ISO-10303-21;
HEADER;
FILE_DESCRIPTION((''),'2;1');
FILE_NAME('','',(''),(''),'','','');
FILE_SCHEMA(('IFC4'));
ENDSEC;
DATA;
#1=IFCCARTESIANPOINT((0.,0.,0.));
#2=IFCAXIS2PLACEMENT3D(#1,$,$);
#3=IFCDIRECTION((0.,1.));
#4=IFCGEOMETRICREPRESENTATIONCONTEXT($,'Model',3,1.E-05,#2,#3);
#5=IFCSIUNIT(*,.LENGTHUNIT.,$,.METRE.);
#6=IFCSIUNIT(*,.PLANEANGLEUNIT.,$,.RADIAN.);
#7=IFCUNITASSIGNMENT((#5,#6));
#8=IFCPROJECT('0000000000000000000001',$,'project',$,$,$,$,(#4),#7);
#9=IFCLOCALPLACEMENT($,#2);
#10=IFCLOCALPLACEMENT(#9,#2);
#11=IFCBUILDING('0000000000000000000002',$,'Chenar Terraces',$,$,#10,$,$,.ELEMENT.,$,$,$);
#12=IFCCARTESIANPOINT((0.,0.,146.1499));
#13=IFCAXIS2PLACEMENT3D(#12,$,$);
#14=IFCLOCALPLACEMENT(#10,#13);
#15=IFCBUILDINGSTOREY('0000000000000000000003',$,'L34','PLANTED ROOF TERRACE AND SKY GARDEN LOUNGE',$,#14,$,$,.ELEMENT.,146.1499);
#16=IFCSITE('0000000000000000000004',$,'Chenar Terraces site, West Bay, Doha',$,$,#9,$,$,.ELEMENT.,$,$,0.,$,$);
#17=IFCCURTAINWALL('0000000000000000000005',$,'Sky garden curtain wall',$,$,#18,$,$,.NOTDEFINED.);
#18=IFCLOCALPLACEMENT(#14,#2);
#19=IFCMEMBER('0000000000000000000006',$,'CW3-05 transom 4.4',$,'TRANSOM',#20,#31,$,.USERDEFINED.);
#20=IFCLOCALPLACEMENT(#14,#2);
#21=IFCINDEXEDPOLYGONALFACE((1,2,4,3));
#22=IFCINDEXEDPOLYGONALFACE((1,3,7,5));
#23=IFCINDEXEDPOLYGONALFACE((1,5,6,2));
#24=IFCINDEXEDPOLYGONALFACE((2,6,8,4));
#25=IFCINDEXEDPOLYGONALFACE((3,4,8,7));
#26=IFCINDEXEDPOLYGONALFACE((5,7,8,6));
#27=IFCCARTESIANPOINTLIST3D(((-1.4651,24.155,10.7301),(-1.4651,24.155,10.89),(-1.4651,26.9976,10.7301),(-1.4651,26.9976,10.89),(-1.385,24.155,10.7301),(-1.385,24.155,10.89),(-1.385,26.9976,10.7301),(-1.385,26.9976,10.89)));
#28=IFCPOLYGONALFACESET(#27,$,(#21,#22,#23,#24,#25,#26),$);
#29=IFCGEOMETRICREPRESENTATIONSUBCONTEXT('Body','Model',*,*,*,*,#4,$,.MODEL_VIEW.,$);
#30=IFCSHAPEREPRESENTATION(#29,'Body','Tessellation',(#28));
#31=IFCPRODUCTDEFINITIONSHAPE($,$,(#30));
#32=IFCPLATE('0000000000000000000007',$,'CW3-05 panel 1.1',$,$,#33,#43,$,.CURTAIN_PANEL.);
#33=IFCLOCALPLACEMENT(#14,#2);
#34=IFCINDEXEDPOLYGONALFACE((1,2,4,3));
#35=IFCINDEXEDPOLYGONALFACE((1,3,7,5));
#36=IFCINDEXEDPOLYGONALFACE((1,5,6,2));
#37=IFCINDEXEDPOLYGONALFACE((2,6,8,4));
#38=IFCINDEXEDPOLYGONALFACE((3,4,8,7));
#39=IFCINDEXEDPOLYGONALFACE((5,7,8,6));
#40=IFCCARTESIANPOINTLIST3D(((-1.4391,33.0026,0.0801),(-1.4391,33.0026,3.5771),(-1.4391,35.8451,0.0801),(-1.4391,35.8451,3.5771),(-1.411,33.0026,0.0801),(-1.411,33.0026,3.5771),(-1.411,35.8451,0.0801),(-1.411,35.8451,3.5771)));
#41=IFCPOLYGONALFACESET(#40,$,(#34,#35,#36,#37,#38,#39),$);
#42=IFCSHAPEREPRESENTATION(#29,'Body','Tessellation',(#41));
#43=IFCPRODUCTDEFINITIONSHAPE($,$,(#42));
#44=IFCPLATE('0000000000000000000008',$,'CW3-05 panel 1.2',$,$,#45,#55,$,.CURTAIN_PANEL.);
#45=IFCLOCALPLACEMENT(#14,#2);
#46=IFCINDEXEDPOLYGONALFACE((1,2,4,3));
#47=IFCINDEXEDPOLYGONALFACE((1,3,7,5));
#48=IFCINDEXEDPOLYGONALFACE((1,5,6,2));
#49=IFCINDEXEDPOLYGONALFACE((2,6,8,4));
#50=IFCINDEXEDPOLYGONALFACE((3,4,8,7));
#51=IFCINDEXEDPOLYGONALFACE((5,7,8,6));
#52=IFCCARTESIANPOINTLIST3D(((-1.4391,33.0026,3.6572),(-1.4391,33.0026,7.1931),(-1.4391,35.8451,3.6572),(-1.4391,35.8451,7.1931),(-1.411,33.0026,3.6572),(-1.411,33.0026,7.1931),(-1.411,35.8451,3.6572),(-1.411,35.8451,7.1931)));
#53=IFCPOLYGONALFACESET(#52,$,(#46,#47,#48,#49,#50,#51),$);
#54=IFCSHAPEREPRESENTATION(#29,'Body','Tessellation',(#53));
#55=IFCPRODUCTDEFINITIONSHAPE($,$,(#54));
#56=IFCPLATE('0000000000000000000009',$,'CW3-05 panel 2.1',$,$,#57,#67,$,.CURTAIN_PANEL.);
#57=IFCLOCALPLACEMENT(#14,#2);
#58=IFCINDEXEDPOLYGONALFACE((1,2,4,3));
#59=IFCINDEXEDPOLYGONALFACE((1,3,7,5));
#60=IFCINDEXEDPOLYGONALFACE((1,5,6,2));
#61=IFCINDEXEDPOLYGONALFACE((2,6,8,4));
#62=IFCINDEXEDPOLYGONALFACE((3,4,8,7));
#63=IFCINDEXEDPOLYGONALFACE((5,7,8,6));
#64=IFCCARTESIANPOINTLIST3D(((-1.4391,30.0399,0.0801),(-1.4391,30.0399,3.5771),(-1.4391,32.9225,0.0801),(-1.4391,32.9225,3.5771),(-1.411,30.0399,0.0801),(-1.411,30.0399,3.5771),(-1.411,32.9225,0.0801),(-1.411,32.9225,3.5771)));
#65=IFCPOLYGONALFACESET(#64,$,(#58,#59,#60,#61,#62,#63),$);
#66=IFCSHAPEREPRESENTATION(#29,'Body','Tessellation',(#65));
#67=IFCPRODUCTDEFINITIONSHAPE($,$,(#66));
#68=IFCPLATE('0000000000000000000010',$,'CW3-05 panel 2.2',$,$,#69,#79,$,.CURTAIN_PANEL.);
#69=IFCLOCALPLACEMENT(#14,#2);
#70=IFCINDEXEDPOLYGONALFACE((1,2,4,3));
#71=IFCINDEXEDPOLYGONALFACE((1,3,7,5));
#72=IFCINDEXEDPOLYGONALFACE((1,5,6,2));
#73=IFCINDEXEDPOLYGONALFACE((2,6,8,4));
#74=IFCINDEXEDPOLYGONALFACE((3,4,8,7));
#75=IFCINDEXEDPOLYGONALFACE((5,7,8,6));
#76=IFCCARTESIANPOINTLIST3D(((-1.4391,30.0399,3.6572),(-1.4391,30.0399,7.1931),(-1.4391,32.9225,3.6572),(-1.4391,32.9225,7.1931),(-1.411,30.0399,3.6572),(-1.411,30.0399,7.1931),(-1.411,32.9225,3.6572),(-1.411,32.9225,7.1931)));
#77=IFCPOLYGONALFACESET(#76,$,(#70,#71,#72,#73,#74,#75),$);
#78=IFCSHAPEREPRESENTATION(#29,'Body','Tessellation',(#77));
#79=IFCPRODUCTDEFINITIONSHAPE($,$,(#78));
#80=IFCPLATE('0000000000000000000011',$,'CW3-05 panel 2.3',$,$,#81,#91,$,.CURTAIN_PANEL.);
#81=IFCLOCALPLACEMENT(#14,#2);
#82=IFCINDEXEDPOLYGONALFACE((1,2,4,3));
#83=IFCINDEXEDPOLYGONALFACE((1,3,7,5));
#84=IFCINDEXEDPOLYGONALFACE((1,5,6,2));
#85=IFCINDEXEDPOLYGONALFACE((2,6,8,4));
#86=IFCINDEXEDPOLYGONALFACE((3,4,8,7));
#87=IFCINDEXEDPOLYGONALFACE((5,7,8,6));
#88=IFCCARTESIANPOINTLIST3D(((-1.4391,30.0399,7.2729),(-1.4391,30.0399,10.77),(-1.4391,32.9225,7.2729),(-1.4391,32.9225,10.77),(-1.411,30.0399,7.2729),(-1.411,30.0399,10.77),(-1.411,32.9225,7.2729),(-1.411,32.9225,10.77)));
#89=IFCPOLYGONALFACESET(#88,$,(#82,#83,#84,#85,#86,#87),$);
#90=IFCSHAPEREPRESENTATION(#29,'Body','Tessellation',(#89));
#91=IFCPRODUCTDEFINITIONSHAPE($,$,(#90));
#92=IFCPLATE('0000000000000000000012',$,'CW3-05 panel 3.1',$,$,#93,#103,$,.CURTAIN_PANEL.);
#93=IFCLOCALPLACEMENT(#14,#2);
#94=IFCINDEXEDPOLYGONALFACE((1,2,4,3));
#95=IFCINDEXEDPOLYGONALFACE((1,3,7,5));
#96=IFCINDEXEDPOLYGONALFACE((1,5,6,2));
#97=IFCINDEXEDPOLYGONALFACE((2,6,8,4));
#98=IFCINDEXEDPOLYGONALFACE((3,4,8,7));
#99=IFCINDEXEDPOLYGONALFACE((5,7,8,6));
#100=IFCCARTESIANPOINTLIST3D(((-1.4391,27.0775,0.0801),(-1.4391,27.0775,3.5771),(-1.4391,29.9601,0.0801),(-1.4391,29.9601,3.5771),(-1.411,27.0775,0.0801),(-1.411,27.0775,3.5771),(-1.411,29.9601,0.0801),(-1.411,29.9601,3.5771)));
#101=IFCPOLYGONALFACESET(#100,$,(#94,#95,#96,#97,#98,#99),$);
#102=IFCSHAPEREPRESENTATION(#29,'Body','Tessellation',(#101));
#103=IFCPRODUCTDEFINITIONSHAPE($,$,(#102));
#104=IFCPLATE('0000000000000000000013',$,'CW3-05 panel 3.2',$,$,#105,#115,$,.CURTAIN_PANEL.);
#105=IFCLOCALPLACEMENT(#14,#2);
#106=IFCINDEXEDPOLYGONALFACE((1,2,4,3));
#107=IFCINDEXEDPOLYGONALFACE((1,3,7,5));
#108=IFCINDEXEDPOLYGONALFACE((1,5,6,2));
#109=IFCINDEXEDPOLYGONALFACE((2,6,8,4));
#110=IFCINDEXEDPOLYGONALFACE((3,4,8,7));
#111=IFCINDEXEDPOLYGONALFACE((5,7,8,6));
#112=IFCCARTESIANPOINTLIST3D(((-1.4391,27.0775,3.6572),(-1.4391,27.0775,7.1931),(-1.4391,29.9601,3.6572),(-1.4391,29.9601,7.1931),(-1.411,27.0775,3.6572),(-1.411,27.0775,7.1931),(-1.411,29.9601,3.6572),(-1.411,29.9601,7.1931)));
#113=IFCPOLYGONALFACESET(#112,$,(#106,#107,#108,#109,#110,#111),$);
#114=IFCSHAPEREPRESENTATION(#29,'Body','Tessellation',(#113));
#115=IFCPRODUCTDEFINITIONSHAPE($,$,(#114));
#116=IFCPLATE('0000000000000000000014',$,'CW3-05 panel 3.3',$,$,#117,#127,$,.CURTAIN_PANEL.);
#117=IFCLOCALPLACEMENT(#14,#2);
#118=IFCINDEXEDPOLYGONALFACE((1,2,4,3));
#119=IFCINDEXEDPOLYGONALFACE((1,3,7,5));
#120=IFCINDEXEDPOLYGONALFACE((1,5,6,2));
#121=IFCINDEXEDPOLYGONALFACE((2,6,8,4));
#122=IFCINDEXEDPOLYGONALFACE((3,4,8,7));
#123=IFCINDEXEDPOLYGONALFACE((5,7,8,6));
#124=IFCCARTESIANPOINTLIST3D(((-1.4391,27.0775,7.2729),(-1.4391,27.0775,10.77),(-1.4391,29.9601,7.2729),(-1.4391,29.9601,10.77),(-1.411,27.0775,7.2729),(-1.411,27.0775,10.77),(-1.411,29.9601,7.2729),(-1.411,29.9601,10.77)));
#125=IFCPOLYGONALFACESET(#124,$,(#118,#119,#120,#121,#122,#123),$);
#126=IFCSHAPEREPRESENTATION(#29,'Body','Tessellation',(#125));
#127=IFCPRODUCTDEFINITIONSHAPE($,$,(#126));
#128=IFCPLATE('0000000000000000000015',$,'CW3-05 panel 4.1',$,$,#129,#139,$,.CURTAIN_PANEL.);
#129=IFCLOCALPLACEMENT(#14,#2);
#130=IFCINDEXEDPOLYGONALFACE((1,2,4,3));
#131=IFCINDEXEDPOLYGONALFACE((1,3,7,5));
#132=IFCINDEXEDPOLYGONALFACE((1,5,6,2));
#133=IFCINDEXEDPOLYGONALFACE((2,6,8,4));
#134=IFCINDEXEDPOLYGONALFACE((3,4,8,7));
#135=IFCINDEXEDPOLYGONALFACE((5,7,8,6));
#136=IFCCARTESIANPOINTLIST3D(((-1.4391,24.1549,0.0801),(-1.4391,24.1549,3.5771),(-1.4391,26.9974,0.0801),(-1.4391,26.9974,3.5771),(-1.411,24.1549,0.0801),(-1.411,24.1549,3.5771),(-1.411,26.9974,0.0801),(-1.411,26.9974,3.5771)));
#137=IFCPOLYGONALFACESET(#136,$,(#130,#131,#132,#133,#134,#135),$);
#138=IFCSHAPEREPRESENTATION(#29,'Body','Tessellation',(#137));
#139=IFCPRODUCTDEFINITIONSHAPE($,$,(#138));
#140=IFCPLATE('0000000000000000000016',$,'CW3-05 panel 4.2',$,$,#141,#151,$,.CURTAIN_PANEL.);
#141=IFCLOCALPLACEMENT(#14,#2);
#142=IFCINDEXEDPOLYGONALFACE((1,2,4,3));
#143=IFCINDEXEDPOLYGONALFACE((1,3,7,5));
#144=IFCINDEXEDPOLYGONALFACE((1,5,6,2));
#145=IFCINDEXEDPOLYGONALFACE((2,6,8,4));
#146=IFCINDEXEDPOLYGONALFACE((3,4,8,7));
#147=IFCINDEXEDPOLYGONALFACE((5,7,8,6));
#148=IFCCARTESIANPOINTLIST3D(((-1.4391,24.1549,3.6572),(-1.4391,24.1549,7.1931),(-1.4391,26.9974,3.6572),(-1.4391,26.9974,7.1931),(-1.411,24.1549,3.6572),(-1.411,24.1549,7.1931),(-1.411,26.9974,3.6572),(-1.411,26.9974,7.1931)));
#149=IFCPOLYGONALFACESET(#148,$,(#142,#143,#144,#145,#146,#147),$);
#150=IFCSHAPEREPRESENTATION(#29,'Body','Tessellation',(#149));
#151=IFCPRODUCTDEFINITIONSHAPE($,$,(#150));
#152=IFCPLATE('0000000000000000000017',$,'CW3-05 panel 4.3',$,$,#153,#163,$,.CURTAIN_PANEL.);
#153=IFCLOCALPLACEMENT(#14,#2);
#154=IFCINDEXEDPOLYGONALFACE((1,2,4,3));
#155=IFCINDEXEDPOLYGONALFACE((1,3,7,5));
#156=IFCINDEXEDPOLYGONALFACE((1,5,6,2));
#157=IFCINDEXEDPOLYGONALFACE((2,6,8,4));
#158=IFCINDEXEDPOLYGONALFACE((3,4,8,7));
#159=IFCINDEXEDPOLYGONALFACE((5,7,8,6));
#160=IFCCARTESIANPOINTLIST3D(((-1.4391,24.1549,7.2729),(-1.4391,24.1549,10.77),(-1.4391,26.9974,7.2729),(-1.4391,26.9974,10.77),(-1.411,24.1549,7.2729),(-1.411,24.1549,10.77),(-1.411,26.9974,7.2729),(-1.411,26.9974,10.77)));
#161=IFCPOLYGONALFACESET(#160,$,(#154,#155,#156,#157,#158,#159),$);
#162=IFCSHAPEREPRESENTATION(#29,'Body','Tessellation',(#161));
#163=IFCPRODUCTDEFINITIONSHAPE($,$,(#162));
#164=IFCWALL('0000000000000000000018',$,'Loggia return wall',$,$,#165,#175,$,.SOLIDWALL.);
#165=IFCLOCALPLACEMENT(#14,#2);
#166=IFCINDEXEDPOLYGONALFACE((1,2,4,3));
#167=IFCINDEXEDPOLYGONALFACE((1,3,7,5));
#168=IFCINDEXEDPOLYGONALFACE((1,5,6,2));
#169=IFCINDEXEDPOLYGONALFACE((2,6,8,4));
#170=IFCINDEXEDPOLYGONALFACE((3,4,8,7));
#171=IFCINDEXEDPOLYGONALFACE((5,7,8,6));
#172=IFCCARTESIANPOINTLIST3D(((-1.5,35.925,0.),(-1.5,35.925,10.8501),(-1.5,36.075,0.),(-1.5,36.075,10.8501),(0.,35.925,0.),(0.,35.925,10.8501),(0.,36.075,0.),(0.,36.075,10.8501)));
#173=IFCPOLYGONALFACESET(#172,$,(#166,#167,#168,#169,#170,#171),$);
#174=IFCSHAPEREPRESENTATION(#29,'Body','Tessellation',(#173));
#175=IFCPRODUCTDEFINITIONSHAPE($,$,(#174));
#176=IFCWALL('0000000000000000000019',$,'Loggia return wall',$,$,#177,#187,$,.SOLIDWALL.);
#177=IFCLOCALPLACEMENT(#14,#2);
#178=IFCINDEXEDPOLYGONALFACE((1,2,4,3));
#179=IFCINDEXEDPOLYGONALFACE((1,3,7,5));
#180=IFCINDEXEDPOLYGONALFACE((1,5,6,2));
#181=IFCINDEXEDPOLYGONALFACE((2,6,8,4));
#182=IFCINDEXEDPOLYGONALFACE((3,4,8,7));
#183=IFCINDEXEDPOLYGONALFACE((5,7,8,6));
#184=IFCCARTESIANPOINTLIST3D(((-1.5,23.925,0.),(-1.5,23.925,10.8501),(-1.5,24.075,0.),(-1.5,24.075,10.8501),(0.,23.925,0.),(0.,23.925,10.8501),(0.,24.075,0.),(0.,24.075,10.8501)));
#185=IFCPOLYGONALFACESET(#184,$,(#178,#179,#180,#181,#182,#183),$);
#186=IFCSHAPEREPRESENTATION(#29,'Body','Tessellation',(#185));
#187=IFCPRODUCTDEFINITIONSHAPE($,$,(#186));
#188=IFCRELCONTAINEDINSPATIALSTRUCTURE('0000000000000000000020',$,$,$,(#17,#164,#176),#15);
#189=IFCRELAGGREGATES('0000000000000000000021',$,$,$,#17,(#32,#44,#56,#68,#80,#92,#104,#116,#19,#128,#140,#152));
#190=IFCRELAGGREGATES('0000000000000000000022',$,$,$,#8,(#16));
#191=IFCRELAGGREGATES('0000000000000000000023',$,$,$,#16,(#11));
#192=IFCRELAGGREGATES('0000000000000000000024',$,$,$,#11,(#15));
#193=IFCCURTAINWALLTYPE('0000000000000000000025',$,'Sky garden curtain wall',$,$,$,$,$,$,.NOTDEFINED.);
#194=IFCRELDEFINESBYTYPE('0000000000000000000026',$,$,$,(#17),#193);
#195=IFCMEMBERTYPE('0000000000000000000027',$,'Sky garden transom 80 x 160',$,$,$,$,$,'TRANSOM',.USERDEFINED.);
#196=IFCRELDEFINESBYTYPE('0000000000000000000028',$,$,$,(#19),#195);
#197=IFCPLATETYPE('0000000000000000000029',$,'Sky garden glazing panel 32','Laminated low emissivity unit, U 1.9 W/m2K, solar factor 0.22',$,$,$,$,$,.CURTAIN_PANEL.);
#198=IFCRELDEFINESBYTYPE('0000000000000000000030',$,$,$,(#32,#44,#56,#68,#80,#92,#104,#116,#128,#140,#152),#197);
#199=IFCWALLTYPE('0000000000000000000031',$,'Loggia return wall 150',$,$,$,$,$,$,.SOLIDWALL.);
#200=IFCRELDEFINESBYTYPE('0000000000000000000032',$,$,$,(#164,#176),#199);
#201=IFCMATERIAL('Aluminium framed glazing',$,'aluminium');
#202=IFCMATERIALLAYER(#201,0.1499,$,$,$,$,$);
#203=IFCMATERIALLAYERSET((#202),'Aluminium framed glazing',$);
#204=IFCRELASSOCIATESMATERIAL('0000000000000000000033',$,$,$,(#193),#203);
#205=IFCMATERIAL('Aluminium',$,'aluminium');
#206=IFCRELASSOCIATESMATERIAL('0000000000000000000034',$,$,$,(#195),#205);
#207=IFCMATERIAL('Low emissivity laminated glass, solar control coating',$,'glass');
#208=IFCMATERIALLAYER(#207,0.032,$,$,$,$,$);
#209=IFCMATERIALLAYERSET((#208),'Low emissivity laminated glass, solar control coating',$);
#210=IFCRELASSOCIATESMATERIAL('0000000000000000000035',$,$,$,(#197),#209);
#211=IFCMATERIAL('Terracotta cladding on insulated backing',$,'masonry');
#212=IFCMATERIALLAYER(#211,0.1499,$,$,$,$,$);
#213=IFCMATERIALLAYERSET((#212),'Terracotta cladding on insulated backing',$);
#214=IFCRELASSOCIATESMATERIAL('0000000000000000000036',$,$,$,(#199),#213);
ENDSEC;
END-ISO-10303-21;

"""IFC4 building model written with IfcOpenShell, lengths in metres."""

from ifc_helpers import new_model, si_unit, direction, frame, frame_2d, origin, origin_2d, place, context, subcontext, project, spatial, rectangle, extrude, material, layer, layer_set, material_profile, profile_set, type_object, element, aggregate, save


model = new_model("IFC4")

# Units and contexts
model_context = context("Model", 3, precision=1e-05, world=origin(), true_north=direction((0.0, 1.0)))
body_context = subcontext(model_context, "Body", "Model", "MODEL_VIEW")
ifc_project = project(units=[si_unit("LENGTHUNIT", "METRE"), si_unit("PLANEANGLEUNIT", "RADIAN")], contexts=[model_context])

# Site, building, storey
site_placement = place(None, origin())
site = spatial("IfcSite", under=ifc_project, at=site_placement, Name="Chenar Terraces site, West Bay, Doha", CompositionType="ELEMENT", RefElevation=0.0)
building_placement = place(site_placement, origin())
building = spatial("IfcBuilding", under=site, at=building_placement, Name="Chenar Terraces", CompositionType="ELEMENT")
storey_placement = place(building_placement, frame((0.0, 0.0, 146.1499)))
storey = spatial("IfcBuildingStorey", under=building, at=storey_placement, Name="L34", Description="PLANTED ROOF TERRACE AND SKY GARDEN LOUNGE", CompositionType="ELEMENT", Elevation=146.1499)

# Curtain wall, member, plates
ifc_material_1 = material(Name="Aluminium framed glazing", Category="aluminium")
ifc_layer_1 = layer(ifc_material_1, 0.1499)
ifc_layer_set_1 = layer_set([ifc_layer_1], Name="Aluminium framed glazing")
curtain_wall_type = type_object("IfcCurtainWallType", Name="Sky garden curtain wall", PredefinedType="NOTDEFINED", material=ifc_layer_set_1)
curtain_wall_placement = place(storey_placement, origin())
curtain_wall = element("IfcCurtainWall", 1, at=curtain_wall_placement, inside=storey, type_object=curtain_wall_type, Name="Sky garden curtain wall", PredefinedType="NOTDEFINED")
ifc_material_2 = material(Name="Aluminium", Category="aluminium")
ifc_material_profile_1 = material_profile(ifc_material_2, rectangle(XDim=0.0801, YDim=0.1599, at=origin_2d()), Name="Sky garden transom 80 x 160")
ifc_profile_set_1 = profile_set([ifc_material_profile_1], Name="Aluminium")
member_type_1 = type_object("IfcMemberType", Name="Sky garden transom 80 x 160", ElementType="TRANSOM", PredefinedType="USERDEFINED", material=ifc_profile_set_1)
member_1_placement = place(storey_placement, frame((-1.425, 26.9976, 10.8101), z_axis=(0.0, -1.0, 0.0), x_axis=(1.0, 0.0, 0.0)))
member_1 = element("IfcMember", 2, at=member_1_placement, type_object=member_type_1, Name="CW3-05 transom 4.4", ObjectType="TRANSOM", PredefinedType="USERDEFINED", context=body_context, shape_type="SweptSolid", body=[
    extrude(rectangle(XDim=0.0801, YDim=0.1599, at=origin_2d()), origin(), (0.0, 0.0, 1.0), 2.8425),
])
ifc_material_3 = material(Name="Low emissivity laminated glass, solar control coating", Category="glass")
ifc_layer_2 = layer(ifc_material_3, 0.032)
ifc_layer_set_2 = layer_set([ifc_layer_2], Name="Low emissivity laminated glass, solar control coating")
plate_type = type_object("IfcPlateType", Name="Sky garden glazing panel 32", Description="Laminated low emissivity unit, U 1.9 W/m2K, solar factor 0.22", PredefinedType="CURTAIN_PANEL", material=ifc_layer_set_2)
plate_1_placement = place(storey_placement, frame((-1.425, 34.4238, 0.0801), z_axis=(0.0, 0.0, 1.0), x_axis=(0.0, -1.0, 0.0)))
plate_1 = element("IfcPlate", 3, at=plate_1_placement, type_object=plate_type, Name="CW3-05 panel 1.1", PredefinedType="CURTAIN_PANEL", context=body_context, shape_type="SweptSolid", body=[
    extrude(rectangle(XDim=2.8425, YDim=0.0281, at=origin_2d()), origin(), (0.0, 0.0, 1.0), 3.4971),
])
plate_2_placement = place(storey_placement, frame((-1.425, 34.4238, 3.6572), z_axis=(0.0, 0.0, 1.0), x_axis=(0.0, -1.0, 0.0)))
plate_2 = element("IfcPlate", 4, at=plate_2_placement, type_object=plate_type, Name="CW3-05 panel 1.2", PredefinedType="CURTAIN_PANEL", context=body_context, shape_type="SweptSolid", body=[
    extrude(rectangle(XDim=2.8425, YDim=0.0281, at=origin_2d()), origin(), (0.0, 0.0, 1.0), 3.5359),
])
plate_3_placement = place(storey_placement, frame((-1.425, 31.4812, 0.0801), z_axis=(0.0, 0.0, 1.0), x_axis=(0.0, -1.0, 0.0)))
plate_3 = element("IfcPlate", 5, at=plate_3_placement, type_object=plate_type, Name="CW3-05 panel 2.1", PredefinedType="CURTAIN_PANEL", context=body_context, shape_type="SweptSolid", body=[
    extrude(rectangle(XDim=2.8826, YDim=0.0281, at=origin_2d()), origin(), (0.0, 0.0, 1.0), 3.4971),
])
plate_4_placement = place(storey_placement, frame((-1.425, 31.4812, 3.6572), z_axis=(0.0, 0.0, 1.0), x_axis=(0.0, -1.0, 0.0)))
plate_4 = element("IfcPlate", 6, at=plate_4_placement, type_object=plate_type, Name="CW3-05 panel 2.2", PredefinedType="CURTAIN_PANEL", context=body_context, shape_type="SweptSolid", body=[
    extrude(rectangle(XDim=2.8826, YDim=0.0281, at=origin_2d()), origin(), (0.0, 0.0, 1.0), 3.5359),
])
plate_5_placement = place(storey_placement, frame((-1.425, 31.4812, 7.2729), z_axis=(0.0, 0.0, 1.0), x_axis=(0.0, -1.0, 0.0)))
plate_5 = element("IfcPlate", 7, at=plate_5_placement, type_object=plate_type, Name="CW3-05 panel 2.3", PredefinedType="CURTAIN_PANEL", context=body_context, shape_type="SweptSolid", body=[
    extrude(rectangle(XDim=2.8826, YDim=0.0281, at=origin_2d()), origin(), (0.0, 0.0, 1.0), 3.4971),
])
plate_6_placement = place(storey_placement, frame((-1.425, 28.5188, 0.0801), z_axis=(0.0, 0.0, 1.0), x_axis=(0.0, -1.0, 0.0)))
plate_6 = element("IfcPlate", 8, at=plate_6_placement, type_object=plate_type, Name="CW3-05 panel 3.1", PredefinedType="CURTAIN_PANEL", context=body_context, shape_type="SweptSolid", body=[
    extrude(rectangle(XDim=2.8826, YDim=0.0281, at=origin_2d()), origin(), (0.0, 0.0, 1.0), 3.4971),
])
plate_7_placement = place(storey_placement, frame((-1.425, 28.5188, 3.6572), z_axis=(0.0, 0.0, 1.0), x_axis=(0.0, -1.0, 0.0)))
plate_7 = element("IfcPlate", 9, at=plate_7_placement, type_object=plate_type, Name="CW3-05 panel 3.2", PredefinedType="CURTAIN_PANEL", context=body_context, shape_type="SweptSolid", body=[
    extrude(rectangle(XDim=2.8826, YDim=0.0281, at=origin_2d()), origin(), (0.0, 0.0, 1.0), 3.5359),
])
plate_8_placement = place(storey_placement, frame((-1.425, 28.5188, 7.2729), z_axis=(0.0, 0.0, 1.0), x_axis=(0.0, -1.0, 0.0)))
plate_8 = element("IfcPlate", 10, at=plate_8_placement, type_object=plate_type, Name="CW3-05 panel 3.3", PredefinedType="CURTAIN_PANEL", context=body_context, shape_type="SweptSolid", body=[
    extrude(rectangle(XDim=2.8826, YDim=0.0281, at=origin_2d()), origin(), (0.0, 0.0, 1.0), 3.4971),
])
plate_9_placement = place(storey_placement, frame((-1.425, 25.5762, 0.0801), z_axis=(0.0, 0.0, 1.0), x_axis=(0.0, -1.0, 0.0)))
plate_9 = element("IfcPlate", 11, at=plate_9_placement, type_object=plate_type, Name="CW3-05 panel 4.1", PredefinedType="CURTAIN_PANEL", context=body_context, shape_type="SweptSolid", body=[
    extrude(rectangle(XDim=2.8425, YDim=0.0281, at=origin_2d()), origin(), (0.0, 0.0, 1.0), 3.4971),
])
plate_10_placement = place(storey_placement, frame((-1.425, 25.5762, 3.6572), z_axis=(0.0, 0.0, 1.0), x_axis=(0.0, -1.0, 0.0)))
plate_10 = element("IfcPlate", 12, at=plate_10_placement, type_object=plate_type, Name="CW3-05 panel 4.2", PredefinedType="CURTAIN_PANEL", context=body_context, shape_type="SweptSolid", body=[
    extrude(rectangle(XDim=2.8425, YDim=0.0281, at=origin_2d()), origin(), (0.0, 0.0, 1.0), 3.5359),
])
plate_11_placement = place(storey_placement, frame((-1.425, 25.5762, 7.2729), z_axis=(0.0, 0.0, 1.0), x_axis=(0.0, -1.0, 0.0)))
plate_11 = element("IfcPlate", 13, at=plate_11_placement, type_object=plate_type, Name="CW3-05 panel 4.3", PredefinedType="CURTAIN_PANEL", context=body_context, shape_type="SweptSolid", body=[
    extrude(rectangle(XDim=2.8425, YDim=0.0281, at=origin_2d()), origin(), (0.0, 0.0, 1.0), 3.4971),
])
aggregate(curtain_wall, [plate_1, plate_2, plate_3, plate_4, plate_5, plate_6, plate_7, plate_8, member_1, plate_9, plate_10, plate_11])

# Walls
ifc_material_4 = material(Name="Terracotta cladding on insulated backing", Category="masonry")
ifc_layer_3 = layer(ifc_material_4, 0.1499)
ifc_layer_set_3 = layer_set([ifc_layer_3], Name="Terracotta cladding on insulated backing")
wall_type = type_object("IfcWallType", Name="Loggia return wall 150", PredefinedType="SOLIDWALL", material=ifc_layer_set_3)
for number, where, z_axis, x_axis, name in (
    (14, (-1.5, 36.0, 0.0), (0.0, 0.0, 1.0), (1.0, 0.0, 0.0), "Loggia return wall"),
    (15, (-1.5, 24.0, 0.0), (0.0, 0.0, 1.0), (1.0, 0.0, 0.0), "Loggia return wall"),
):
    element("IfcWall", number, at=place(storey_placement, frame(where, z_axis=z_axis, x_axis=x_axis)), inside=storey, type_object=wall_type, Name=name, PredefinedType="SOLIDWALL", context=body_context, shape_type="SweptSolid", body=[
        extrude(rectangle(XDim=1.5, YDim=0.1499, at=frame_2d((0.75, 0.0))), origin(), (0.0, 0.0, 1.0), 10.8501),
    ])

save(model, "model.ifc")
